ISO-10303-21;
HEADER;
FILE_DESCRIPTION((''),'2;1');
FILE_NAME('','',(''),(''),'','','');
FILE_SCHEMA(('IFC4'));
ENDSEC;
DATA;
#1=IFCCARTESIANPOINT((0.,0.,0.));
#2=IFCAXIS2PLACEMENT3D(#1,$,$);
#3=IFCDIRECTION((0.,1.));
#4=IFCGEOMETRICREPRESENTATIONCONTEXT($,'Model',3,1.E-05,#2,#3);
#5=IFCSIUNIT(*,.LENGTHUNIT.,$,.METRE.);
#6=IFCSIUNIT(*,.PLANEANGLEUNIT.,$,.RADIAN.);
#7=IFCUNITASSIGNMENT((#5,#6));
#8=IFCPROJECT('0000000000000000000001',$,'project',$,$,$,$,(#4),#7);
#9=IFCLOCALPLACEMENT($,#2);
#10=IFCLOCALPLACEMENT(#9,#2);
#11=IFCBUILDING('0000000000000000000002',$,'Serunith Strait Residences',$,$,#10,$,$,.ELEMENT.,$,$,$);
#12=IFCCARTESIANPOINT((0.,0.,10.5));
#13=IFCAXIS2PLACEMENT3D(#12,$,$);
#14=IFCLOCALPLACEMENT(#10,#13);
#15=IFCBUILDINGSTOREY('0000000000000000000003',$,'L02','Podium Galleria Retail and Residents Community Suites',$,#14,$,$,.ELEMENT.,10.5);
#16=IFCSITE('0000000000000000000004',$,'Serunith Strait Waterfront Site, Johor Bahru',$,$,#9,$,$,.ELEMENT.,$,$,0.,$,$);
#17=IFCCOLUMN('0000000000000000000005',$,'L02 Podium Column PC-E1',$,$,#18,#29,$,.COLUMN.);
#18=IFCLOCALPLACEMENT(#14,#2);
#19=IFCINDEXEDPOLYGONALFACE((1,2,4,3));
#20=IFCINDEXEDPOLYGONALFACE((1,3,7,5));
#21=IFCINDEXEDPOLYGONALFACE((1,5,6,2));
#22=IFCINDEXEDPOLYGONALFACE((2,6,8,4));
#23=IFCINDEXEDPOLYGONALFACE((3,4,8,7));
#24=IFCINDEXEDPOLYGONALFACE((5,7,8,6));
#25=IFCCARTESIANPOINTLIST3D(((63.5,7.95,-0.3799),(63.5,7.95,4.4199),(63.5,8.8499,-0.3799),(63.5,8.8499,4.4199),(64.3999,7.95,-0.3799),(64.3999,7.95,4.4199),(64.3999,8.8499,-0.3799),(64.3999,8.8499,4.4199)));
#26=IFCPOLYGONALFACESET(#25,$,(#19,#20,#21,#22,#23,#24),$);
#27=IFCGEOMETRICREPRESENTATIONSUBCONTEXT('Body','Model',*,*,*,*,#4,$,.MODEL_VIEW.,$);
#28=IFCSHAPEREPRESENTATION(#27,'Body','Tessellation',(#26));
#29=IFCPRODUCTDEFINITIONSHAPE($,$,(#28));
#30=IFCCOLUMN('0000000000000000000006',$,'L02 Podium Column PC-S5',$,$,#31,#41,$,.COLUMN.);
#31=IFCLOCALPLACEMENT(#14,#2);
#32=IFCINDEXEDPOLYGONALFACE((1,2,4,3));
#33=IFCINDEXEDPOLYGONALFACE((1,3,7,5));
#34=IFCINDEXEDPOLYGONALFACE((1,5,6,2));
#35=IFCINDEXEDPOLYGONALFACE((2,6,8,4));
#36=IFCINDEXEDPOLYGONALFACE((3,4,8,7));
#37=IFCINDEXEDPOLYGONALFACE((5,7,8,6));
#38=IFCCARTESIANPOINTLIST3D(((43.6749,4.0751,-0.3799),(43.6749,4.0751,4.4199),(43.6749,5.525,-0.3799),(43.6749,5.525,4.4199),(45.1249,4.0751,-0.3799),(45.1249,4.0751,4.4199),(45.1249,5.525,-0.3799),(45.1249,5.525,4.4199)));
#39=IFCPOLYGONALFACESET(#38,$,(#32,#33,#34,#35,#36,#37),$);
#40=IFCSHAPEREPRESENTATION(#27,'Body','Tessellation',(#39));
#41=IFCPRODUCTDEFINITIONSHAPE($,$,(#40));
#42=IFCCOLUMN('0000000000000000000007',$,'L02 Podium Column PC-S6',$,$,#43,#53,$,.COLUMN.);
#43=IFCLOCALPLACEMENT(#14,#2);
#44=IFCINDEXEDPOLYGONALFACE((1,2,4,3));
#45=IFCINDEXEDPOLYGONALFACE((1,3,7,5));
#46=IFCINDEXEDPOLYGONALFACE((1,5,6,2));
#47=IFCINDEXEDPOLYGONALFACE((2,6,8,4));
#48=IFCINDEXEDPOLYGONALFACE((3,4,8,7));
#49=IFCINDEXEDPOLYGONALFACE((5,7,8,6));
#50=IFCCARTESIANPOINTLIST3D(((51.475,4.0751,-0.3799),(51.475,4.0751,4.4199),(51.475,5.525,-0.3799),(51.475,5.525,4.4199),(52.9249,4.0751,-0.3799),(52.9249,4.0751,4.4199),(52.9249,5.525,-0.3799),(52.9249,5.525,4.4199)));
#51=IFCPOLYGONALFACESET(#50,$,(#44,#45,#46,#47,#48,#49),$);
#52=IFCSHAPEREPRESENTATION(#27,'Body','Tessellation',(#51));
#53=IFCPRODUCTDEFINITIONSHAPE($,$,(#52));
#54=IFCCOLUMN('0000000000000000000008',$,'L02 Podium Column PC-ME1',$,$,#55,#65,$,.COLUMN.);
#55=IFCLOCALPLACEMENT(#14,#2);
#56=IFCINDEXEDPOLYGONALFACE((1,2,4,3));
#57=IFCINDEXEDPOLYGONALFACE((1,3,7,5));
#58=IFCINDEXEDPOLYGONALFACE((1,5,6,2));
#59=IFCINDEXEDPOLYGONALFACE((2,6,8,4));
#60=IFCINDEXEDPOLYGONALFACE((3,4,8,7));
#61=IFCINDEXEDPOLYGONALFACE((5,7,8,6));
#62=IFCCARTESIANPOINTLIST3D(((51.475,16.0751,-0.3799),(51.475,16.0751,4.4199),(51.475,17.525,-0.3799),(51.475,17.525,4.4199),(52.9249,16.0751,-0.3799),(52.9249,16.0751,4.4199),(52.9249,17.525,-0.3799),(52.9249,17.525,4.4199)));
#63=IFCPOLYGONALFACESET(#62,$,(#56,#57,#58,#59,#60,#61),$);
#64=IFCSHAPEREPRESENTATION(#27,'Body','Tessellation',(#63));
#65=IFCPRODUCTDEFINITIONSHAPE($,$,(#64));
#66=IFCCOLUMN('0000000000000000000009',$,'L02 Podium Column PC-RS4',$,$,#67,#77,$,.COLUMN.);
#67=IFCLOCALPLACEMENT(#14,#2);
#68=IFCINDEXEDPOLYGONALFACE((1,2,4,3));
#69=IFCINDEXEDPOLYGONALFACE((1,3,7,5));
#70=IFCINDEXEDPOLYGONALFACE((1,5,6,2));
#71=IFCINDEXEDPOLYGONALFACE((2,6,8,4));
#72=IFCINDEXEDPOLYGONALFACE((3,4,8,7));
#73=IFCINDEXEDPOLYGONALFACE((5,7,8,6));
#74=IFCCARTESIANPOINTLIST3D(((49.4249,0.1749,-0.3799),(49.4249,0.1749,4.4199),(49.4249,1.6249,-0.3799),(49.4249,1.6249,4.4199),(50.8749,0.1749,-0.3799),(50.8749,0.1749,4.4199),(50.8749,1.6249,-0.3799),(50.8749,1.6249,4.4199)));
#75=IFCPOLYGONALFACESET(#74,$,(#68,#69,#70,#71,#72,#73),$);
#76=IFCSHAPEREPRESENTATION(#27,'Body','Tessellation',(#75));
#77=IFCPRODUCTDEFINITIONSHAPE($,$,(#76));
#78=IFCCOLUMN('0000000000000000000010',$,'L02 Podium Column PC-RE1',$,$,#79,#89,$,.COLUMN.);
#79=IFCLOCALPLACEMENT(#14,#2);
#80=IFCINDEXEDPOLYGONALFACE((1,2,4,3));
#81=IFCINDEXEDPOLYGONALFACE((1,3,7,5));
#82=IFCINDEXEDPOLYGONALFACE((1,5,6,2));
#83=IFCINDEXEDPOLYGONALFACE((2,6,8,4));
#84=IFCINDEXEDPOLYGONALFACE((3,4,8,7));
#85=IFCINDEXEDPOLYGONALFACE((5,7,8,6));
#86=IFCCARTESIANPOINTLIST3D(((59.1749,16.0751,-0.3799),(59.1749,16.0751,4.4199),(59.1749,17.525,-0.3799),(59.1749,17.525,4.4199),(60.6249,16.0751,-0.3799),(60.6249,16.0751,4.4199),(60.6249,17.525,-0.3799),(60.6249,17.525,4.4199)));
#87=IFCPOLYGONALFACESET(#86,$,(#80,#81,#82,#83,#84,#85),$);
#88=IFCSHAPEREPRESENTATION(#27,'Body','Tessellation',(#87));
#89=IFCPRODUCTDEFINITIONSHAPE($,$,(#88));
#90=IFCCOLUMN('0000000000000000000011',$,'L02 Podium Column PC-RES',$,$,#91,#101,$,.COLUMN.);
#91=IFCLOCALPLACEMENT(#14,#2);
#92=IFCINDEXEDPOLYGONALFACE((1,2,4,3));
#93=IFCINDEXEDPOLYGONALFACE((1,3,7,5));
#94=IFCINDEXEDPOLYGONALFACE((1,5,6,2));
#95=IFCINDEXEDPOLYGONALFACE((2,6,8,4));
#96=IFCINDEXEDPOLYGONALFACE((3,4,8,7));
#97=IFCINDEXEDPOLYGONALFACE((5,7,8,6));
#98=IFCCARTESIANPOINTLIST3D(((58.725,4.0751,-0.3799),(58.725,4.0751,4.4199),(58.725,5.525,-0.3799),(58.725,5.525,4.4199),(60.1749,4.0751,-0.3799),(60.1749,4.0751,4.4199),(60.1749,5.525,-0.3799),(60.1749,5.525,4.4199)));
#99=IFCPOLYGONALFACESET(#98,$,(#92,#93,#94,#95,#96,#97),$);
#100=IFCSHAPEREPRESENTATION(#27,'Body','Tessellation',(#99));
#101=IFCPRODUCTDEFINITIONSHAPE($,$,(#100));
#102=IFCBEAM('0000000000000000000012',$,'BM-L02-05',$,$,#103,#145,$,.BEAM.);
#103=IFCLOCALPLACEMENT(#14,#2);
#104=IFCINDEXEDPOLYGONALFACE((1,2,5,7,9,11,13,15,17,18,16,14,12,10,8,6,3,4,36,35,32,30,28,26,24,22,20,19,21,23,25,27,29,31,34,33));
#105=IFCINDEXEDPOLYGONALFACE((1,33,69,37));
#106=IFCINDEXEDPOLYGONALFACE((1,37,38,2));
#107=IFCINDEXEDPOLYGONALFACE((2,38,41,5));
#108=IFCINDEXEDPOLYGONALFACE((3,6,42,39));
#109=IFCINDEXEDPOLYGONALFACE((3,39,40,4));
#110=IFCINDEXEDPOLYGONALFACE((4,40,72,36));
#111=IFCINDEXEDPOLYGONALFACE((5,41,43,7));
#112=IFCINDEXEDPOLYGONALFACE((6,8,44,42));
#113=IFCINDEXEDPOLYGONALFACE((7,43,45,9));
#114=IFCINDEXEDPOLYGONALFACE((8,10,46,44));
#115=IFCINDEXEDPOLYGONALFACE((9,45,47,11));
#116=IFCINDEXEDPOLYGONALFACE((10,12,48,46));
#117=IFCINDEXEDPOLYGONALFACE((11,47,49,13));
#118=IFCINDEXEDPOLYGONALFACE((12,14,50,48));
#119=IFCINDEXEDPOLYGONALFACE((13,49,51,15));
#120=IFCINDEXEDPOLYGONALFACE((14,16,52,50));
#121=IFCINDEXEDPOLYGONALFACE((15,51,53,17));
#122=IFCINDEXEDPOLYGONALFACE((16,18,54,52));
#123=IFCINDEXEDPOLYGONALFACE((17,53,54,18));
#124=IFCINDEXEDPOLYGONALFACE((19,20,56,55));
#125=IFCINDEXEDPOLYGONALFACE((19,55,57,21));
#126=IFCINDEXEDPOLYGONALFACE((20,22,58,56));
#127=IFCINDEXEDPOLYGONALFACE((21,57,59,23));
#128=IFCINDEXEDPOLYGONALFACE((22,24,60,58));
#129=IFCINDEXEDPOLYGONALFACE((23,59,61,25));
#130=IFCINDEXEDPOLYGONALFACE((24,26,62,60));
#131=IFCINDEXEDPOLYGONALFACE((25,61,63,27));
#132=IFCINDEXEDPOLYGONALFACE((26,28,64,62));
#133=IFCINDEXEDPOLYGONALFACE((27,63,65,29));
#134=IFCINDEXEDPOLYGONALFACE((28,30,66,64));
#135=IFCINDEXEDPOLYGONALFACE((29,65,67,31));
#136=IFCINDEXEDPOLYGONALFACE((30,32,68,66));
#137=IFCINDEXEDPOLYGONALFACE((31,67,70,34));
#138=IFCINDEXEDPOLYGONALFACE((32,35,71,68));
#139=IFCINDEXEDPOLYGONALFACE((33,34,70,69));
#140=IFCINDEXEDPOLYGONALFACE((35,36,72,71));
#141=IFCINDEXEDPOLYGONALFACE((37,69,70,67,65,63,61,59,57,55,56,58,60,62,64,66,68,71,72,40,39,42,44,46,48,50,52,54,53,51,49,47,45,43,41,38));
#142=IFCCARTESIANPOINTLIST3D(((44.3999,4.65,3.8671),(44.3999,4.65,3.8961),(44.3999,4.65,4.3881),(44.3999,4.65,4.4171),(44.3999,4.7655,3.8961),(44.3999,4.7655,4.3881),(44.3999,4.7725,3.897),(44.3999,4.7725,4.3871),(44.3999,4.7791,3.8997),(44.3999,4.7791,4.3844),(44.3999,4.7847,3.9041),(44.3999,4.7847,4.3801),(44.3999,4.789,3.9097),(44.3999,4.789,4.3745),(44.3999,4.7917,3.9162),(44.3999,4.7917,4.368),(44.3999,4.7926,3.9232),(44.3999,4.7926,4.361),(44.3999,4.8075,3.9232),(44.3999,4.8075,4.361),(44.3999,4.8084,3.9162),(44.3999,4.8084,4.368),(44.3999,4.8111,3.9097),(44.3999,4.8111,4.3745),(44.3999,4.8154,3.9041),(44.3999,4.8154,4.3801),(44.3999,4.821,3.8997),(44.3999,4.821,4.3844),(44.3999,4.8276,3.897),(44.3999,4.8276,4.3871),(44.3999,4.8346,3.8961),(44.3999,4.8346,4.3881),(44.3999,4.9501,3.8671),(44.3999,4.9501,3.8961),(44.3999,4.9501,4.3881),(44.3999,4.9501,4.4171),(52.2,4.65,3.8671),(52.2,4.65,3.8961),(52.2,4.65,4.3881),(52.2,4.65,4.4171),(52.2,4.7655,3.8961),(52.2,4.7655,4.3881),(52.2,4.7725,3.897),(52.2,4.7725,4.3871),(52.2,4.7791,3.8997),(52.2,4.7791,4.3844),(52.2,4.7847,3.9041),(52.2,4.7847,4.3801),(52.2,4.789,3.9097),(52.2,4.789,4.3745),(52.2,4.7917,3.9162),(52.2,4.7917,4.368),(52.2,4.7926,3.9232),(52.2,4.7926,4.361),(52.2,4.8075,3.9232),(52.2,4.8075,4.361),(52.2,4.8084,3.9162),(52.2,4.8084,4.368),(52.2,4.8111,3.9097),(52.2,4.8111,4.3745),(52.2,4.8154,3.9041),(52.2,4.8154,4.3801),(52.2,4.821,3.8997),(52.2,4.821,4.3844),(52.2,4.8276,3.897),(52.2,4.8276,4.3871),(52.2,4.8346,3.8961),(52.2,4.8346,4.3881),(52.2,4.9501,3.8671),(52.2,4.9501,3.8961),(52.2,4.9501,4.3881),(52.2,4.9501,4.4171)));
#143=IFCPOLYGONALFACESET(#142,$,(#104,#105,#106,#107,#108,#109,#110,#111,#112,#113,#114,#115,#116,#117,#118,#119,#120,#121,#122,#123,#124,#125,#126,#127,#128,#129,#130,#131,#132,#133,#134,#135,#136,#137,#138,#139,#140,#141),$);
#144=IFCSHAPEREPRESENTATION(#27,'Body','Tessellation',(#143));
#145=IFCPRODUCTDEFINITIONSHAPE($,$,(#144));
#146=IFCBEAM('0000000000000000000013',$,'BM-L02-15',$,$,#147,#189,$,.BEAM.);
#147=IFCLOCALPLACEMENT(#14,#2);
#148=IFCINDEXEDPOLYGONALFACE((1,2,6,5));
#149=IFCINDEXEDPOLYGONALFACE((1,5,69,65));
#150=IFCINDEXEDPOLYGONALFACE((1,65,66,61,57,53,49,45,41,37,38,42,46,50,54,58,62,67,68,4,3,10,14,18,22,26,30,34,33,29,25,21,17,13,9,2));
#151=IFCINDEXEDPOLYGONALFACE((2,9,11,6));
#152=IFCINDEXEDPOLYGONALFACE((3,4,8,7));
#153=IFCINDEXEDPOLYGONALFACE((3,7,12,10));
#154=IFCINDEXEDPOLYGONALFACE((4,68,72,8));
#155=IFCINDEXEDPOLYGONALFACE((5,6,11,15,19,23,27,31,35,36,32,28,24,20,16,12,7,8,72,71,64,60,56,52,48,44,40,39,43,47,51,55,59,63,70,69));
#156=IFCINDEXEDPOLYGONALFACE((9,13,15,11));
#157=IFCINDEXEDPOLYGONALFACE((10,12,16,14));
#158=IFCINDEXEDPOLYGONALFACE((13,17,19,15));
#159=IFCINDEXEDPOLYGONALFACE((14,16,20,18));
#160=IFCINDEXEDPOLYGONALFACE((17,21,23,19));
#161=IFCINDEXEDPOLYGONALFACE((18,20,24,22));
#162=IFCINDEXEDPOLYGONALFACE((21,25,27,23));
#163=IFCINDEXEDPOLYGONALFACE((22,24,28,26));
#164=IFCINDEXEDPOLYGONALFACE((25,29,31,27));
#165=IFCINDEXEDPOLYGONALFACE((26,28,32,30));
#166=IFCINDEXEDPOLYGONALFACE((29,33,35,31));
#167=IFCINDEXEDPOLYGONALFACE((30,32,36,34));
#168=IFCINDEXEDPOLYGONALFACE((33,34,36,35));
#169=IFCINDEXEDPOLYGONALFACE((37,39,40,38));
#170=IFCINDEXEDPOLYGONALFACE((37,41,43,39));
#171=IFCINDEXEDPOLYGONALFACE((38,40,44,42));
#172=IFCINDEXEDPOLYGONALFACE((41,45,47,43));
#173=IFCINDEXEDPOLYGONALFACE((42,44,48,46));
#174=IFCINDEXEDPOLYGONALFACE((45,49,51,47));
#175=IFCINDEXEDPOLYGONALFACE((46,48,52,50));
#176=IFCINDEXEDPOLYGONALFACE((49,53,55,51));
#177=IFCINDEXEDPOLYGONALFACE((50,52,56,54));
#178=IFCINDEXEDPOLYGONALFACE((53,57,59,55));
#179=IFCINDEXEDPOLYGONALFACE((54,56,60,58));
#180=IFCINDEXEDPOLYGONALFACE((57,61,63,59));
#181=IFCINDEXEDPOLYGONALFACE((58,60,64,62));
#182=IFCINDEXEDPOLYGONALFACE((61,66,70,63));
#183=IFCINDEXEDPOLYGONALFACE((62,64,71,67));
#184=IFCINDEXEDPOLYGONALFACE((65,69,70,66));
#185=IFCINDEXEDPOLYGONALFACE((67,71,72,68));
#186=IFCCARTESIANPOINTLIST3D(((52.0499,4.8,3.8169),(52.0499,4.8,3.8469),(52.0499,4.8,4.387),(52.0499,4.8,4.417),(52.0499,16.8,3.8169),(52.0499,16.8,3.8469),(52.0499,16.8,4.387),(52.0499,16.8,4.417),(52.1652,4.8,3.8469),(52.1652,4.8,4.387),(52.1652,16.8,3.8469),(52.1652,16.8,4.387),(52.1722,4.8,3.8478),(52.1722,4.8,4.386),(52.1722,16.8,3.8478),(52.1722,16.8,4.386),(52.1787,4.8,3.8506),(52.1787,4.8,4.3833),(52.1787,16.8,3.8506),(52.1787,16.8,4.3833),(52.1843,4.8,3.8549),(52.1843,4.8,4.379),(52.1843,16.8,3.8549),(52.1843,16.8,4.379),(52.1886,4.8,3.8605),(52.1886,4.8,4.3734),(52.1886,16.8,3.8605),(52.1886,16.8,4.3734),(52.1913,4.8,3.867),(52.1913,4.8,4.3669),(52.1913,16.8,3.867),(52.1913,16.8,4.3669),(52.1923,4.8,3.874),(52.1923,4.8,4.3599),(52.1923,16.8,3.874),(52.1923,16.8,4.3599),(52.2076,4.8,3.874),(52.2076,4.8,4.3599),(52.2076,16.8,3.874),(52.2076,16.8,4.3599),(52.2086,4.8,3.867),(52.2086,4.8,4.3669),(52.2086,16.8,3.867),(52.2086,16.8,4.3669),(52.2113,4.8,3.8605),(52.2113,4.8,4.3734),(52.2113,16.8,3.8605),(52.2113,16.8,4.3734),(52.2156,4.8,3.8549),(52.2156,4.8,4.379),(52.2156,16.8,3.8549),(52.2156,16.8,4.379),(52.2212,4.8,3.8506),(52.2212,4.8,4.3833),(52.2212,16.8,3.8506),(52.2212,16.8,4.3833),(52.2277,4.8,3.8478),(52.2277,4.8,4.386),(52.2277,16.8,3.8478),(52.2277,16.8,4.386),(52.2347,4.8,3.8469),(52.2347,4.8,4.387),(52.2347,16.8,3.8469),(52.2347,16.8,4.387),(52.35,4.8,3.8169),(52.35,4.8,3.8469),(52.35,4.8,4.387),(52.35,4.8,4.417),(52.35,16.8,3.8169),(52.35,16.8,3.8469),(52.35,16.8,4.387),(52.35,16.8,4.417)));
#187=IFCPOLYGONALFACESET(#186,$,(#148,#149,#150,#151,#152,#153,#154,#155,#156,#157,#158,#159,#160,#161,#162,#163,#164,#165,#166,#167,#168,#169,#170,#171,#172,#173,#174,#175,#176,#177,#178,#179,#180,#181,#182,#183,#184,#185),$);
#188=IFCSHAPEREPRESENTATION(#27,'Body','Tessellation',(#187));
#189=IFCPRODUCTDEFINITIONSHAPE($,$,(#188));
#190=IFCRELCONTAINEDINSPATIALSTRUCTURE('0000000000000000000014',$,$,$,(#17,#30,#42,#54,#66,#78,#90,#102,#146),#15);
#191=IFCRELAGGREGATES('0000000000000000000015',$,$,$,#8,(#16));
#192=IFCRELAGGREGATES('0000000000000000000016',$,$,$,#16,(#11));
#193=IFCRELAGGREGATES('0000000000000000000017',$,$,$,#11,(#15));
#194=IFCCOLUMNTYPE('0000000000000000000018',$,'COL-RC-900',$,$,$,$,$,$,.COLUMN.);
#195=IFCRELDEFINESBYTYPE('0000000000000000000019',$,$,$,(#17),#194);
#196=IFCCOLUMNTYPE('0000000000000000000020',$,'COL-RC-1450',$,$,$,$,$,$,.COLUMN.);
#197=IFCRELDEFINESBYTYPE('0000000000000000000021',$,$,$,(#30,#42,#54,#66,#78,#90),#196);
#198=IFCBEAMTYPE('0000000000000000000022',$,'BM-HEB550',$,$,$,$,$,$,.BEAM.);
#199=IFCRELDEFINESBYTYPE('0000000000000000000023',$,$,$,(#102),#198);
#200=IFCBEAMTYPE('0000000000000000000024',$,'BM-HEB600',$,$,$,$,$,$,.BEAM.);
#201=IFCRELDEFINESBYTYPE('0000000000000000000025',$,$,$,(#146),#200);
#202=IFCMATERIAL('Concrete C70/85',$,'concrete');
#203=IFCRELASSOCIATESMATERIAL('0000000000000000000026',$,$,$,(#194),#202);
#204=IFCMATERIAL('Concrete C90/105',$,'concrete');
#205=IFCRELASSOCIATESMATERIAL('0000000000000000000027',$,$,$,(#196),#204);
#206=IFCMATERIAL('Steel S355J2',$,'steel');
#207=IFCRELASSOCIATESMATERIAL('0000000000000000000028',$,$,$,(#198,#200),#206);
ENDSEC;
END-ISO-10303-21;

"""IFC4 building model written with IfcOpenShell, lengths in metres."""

from ifc_helpers import new_model, si_unit, direction, frame, origin, origin_2d, place, context, subcontext, project, spatial, rectangle, i_section, extrude, source, transform, mapped, material, material_profile, profile_set, type_object, element, save


model = new_model("IFC4")

# Units and contexts
model_context = context("Model", 3, precision=1e-05, world=origin(), true_north=direction((0.0, 1.0)))
body_context = subcontext(model_context, "Body", "Model", "MODEL_VIEW")
ifc_project = project(units=[si_unit("LENGTHUNIT", "METRE"), si_unit("PLANEANGLEUNIT", "RADIAN")], contexts=[model_context])

# Site, building, storey
site_placement = place(None, origin())
site = spatial("IfcSite", under=ifc_project, at=site_placement, Name="Serunith Strait Waterfront Site, Johor Bahru", CompositionType="ELEMENT", RefElevation=0.0)
building_placement = place(site_placement, origin())
building = spatial("IfcBuilding", under=site, at=building_placement, Name="Serunith Strait Residences", CompositionType="ELEMENT")
storey_placement = place(building_placement, frame((0.0, 0.0, 10.5)))
storey = spatial("IfcBuildingStorey", under=building, at=storey_placement, Name="L02", Description="Podium Galleria Retail and Residents Community Suites", CompositionType="ELEMENT", Elevation=10.5)

# Columns
ifc_material_1 = material(Name="Concrete C70/85", Category="concrete")
ifc_material_profile_1 = material_profile(ifc_material_1, rectangle(XDim=0.8999, YDim=0.8999, at=origin_2d()), Name="RC 900x900")
ifc_profile_set_1 = profile_set([ifc_material_profile_1], Name="Concrete C70/85")
column_type_1 = type_object("IfcColumnType", Name="COL-RC-900", PredefinedType="COLUMN", material=ifc_profile_set_1)
shared_shape_1 = source(origin(), body_context, "Body", "SweptSolid", [
    extrude(rectangle(XDim=0.8999, YDim=0.8999, at=origin_2d()), origin(), (0.0, 0.0, 1.0), 4.7998),
])
column_placement = place(storey_placement, frame((63.95, 8.3999, -0.3799), z_axis=(0.0, 0.0, 1.0), x_axis=(1.0, 0.0, 0.0)))
element("IfcColumn", 1, at=column_placement, inside=storey, type_object=column_type_1, Name="L02 Podium Column PC-E1", PredefinedType="COLUMN", context=body_context, shape_type="MappedRepresentation", body=[
    mapped(shared_shape_1, transform((0.0, 0.0, 0.0), scale=1.0)),
])
ifc_material_2 = material(Name="Concrete C90/105", Category="concrete")
ifc_material_profile_2 = material_profile(ifc_material_2, rectangle(XDim=1.45, YDim=1.45, at=origin_2d()), Name="RC 1450x1450")
ifc_profile_set_2 = profile_set([ifc_material_profile_2], Name="Concrete C90/105")
column_type_2 = type_object("IfcColumnType", Name="COL-RC-1450", PredefinedType="COLUMN", material=ifc_profile_set_2)
shared_shape_2 = source(origin(), body_context, "Body", "SweptSolid", [
    extrude(rectangle(XDim=1.45, YDim=1.45, at=origin_2d()), origin(), (0.0, 0.0, 1.0), 4.7998),
])
for number, where, z_axis, x_axis, name in (
    (2, (44.3999, 4.8, -0.3799), (0.0, 0.0, 1.0), (1.0, 0.0, 0.0), "L02 Podium Column PC-S5"),
    (3, (52.2, 4.8, -0.3799), (0.0, 0.0, 1.0), (1.0, 0.0, 0.0), "L02 Podium Column PC-S6"),
    (4, (52.2, 16.8, -0.3799), (0.0, 0.0, 1.0), (1.0, 0.0, 0.0), "L02 Podium Column PC-ME1"),
    (5, (50.1499, 0.8999, -0.3799), (0.0, 0.0, 1.0), (1.0, 0.0, 0.0), "L02 Podium Column PC-RS4"),
    (6, (59.8999, 16.8, -0.3799), (0.0, 0.0, 1.0), (1.0, 0.0, 0.0), "L02 Podium Column PC-RE1"),
    (7, (59.45, 4.8, -0.3799), (0.0, 0.0, 1.0), (1.0, 0.0, 0.0), "L02 Podium Column PC-RES"),
):
    element("IfcColumn", number, at=place(storey_placement, frame(where, z_axis=z_axis, x_axis=x_axis)), inside=storey, type_object=column_type_2, Name=name, PredefinedType="COLUMN", context=body_context, shape_type="MappedRepresentation", body=[
        mapped(shared_shape_2, transform((0.0, 0.0, 0.0), scale=1.0)),
    ])

# Beams
ifc_material_3 = material(Name="Steel S355J2", Category="steel")
ifc_material_profile_3 = material_profile(ifc_material_3, i_section(OverallWidth=0.3, OverallDepth=0.55, WebThickness=0.0149, FlangeThickness=0.0291, FilletRadius=0.0271, at=origin_2d()), Name="HEB 550")
ifc_profile_set_3 = profile_set([ifc_material_profile_3], Name="Steel S355J2")
beam_type_1 = type_object("IfcBeamType", Name="BM-HEB550", PredefinedType="BEAM", material=ifc_profile_set_3)
shared_shape_3 = source(origin(), body_context, "Body", "SweptSolid", [
    extrude(i_section(OverallWidth=0.3, OverallDepth=0.55, WebThickness=0.0149, FlangeThickness=0.0291, FilletRadius=0.0271, at=origin_2d()), origin(), (0.0, 0.0, 1.0), 7.8),
])
beam_1_placement = place(storey_placement, frame((44.3999, 4.8, 4.1421), z_axis=(1.0, 0.0, 0.0), x_axis=(0.0, 1.0, 0.0)))
element("IfcBeam", 8, at=beam_1_placement, inside=storey, type_object=beam_type_1, Name="BM-L02-05", PredefinedType="BEAM", context=body_context, shape_type="MappedRepresentation", body=[
    mapped(shared_shape_3, transform((0.0, 0.0, 0.0), scale=1.0)),
])
ifc_material_profile_4 = material_profile(ifc_material_3, i_section(OverallWidth=0.3, OverallDepth=0.6001, WebThickness=0.0154, FlangeThickness=0.03, FilletRadius=0.0271, at=origin_2d()), Name="HEB 600")
ifc_profile_set_4 = profile_set([ifc_material_profile_4], Name="Steel S355J2")
beam_type_2 = type_object("IfcBeamType", Name="BM-HEB600", PredefinedType="BEAM", material=ifc_profile_set_4)
shared_shape_4 = source(origin(), body_context, "Body", "SweptSolid", [
    extrude(i_section(OverallWidth=0.3, OverallDepth=0.6001, WebThickness=0.0154, FlangeThickness=0.03, FilletRadius=0.0271, at=origin_2d()), origin(), (0.0, 0.0, 1.0), 12.0),
])
beam_2_placement = place(storey_placement, frame((52.2, 4.8, 4.1169), z_axis=(0.0, 1.0, 0.0), x_axis=(-1.0, 0.0, 0.0)))
element("IfcBeam", 9, at=beam_2_placement, inside=storey, type_object=beam_type_2, Name="BM-L02-15", PredefinedType="BEAM", context=body_context, shape_type="MappedRepresentation", body=[
    mapped(shared_shape_4, transform((0.0, 0.0, 0.0), scale=1.0)),
])

save(model, "model.ifc")
